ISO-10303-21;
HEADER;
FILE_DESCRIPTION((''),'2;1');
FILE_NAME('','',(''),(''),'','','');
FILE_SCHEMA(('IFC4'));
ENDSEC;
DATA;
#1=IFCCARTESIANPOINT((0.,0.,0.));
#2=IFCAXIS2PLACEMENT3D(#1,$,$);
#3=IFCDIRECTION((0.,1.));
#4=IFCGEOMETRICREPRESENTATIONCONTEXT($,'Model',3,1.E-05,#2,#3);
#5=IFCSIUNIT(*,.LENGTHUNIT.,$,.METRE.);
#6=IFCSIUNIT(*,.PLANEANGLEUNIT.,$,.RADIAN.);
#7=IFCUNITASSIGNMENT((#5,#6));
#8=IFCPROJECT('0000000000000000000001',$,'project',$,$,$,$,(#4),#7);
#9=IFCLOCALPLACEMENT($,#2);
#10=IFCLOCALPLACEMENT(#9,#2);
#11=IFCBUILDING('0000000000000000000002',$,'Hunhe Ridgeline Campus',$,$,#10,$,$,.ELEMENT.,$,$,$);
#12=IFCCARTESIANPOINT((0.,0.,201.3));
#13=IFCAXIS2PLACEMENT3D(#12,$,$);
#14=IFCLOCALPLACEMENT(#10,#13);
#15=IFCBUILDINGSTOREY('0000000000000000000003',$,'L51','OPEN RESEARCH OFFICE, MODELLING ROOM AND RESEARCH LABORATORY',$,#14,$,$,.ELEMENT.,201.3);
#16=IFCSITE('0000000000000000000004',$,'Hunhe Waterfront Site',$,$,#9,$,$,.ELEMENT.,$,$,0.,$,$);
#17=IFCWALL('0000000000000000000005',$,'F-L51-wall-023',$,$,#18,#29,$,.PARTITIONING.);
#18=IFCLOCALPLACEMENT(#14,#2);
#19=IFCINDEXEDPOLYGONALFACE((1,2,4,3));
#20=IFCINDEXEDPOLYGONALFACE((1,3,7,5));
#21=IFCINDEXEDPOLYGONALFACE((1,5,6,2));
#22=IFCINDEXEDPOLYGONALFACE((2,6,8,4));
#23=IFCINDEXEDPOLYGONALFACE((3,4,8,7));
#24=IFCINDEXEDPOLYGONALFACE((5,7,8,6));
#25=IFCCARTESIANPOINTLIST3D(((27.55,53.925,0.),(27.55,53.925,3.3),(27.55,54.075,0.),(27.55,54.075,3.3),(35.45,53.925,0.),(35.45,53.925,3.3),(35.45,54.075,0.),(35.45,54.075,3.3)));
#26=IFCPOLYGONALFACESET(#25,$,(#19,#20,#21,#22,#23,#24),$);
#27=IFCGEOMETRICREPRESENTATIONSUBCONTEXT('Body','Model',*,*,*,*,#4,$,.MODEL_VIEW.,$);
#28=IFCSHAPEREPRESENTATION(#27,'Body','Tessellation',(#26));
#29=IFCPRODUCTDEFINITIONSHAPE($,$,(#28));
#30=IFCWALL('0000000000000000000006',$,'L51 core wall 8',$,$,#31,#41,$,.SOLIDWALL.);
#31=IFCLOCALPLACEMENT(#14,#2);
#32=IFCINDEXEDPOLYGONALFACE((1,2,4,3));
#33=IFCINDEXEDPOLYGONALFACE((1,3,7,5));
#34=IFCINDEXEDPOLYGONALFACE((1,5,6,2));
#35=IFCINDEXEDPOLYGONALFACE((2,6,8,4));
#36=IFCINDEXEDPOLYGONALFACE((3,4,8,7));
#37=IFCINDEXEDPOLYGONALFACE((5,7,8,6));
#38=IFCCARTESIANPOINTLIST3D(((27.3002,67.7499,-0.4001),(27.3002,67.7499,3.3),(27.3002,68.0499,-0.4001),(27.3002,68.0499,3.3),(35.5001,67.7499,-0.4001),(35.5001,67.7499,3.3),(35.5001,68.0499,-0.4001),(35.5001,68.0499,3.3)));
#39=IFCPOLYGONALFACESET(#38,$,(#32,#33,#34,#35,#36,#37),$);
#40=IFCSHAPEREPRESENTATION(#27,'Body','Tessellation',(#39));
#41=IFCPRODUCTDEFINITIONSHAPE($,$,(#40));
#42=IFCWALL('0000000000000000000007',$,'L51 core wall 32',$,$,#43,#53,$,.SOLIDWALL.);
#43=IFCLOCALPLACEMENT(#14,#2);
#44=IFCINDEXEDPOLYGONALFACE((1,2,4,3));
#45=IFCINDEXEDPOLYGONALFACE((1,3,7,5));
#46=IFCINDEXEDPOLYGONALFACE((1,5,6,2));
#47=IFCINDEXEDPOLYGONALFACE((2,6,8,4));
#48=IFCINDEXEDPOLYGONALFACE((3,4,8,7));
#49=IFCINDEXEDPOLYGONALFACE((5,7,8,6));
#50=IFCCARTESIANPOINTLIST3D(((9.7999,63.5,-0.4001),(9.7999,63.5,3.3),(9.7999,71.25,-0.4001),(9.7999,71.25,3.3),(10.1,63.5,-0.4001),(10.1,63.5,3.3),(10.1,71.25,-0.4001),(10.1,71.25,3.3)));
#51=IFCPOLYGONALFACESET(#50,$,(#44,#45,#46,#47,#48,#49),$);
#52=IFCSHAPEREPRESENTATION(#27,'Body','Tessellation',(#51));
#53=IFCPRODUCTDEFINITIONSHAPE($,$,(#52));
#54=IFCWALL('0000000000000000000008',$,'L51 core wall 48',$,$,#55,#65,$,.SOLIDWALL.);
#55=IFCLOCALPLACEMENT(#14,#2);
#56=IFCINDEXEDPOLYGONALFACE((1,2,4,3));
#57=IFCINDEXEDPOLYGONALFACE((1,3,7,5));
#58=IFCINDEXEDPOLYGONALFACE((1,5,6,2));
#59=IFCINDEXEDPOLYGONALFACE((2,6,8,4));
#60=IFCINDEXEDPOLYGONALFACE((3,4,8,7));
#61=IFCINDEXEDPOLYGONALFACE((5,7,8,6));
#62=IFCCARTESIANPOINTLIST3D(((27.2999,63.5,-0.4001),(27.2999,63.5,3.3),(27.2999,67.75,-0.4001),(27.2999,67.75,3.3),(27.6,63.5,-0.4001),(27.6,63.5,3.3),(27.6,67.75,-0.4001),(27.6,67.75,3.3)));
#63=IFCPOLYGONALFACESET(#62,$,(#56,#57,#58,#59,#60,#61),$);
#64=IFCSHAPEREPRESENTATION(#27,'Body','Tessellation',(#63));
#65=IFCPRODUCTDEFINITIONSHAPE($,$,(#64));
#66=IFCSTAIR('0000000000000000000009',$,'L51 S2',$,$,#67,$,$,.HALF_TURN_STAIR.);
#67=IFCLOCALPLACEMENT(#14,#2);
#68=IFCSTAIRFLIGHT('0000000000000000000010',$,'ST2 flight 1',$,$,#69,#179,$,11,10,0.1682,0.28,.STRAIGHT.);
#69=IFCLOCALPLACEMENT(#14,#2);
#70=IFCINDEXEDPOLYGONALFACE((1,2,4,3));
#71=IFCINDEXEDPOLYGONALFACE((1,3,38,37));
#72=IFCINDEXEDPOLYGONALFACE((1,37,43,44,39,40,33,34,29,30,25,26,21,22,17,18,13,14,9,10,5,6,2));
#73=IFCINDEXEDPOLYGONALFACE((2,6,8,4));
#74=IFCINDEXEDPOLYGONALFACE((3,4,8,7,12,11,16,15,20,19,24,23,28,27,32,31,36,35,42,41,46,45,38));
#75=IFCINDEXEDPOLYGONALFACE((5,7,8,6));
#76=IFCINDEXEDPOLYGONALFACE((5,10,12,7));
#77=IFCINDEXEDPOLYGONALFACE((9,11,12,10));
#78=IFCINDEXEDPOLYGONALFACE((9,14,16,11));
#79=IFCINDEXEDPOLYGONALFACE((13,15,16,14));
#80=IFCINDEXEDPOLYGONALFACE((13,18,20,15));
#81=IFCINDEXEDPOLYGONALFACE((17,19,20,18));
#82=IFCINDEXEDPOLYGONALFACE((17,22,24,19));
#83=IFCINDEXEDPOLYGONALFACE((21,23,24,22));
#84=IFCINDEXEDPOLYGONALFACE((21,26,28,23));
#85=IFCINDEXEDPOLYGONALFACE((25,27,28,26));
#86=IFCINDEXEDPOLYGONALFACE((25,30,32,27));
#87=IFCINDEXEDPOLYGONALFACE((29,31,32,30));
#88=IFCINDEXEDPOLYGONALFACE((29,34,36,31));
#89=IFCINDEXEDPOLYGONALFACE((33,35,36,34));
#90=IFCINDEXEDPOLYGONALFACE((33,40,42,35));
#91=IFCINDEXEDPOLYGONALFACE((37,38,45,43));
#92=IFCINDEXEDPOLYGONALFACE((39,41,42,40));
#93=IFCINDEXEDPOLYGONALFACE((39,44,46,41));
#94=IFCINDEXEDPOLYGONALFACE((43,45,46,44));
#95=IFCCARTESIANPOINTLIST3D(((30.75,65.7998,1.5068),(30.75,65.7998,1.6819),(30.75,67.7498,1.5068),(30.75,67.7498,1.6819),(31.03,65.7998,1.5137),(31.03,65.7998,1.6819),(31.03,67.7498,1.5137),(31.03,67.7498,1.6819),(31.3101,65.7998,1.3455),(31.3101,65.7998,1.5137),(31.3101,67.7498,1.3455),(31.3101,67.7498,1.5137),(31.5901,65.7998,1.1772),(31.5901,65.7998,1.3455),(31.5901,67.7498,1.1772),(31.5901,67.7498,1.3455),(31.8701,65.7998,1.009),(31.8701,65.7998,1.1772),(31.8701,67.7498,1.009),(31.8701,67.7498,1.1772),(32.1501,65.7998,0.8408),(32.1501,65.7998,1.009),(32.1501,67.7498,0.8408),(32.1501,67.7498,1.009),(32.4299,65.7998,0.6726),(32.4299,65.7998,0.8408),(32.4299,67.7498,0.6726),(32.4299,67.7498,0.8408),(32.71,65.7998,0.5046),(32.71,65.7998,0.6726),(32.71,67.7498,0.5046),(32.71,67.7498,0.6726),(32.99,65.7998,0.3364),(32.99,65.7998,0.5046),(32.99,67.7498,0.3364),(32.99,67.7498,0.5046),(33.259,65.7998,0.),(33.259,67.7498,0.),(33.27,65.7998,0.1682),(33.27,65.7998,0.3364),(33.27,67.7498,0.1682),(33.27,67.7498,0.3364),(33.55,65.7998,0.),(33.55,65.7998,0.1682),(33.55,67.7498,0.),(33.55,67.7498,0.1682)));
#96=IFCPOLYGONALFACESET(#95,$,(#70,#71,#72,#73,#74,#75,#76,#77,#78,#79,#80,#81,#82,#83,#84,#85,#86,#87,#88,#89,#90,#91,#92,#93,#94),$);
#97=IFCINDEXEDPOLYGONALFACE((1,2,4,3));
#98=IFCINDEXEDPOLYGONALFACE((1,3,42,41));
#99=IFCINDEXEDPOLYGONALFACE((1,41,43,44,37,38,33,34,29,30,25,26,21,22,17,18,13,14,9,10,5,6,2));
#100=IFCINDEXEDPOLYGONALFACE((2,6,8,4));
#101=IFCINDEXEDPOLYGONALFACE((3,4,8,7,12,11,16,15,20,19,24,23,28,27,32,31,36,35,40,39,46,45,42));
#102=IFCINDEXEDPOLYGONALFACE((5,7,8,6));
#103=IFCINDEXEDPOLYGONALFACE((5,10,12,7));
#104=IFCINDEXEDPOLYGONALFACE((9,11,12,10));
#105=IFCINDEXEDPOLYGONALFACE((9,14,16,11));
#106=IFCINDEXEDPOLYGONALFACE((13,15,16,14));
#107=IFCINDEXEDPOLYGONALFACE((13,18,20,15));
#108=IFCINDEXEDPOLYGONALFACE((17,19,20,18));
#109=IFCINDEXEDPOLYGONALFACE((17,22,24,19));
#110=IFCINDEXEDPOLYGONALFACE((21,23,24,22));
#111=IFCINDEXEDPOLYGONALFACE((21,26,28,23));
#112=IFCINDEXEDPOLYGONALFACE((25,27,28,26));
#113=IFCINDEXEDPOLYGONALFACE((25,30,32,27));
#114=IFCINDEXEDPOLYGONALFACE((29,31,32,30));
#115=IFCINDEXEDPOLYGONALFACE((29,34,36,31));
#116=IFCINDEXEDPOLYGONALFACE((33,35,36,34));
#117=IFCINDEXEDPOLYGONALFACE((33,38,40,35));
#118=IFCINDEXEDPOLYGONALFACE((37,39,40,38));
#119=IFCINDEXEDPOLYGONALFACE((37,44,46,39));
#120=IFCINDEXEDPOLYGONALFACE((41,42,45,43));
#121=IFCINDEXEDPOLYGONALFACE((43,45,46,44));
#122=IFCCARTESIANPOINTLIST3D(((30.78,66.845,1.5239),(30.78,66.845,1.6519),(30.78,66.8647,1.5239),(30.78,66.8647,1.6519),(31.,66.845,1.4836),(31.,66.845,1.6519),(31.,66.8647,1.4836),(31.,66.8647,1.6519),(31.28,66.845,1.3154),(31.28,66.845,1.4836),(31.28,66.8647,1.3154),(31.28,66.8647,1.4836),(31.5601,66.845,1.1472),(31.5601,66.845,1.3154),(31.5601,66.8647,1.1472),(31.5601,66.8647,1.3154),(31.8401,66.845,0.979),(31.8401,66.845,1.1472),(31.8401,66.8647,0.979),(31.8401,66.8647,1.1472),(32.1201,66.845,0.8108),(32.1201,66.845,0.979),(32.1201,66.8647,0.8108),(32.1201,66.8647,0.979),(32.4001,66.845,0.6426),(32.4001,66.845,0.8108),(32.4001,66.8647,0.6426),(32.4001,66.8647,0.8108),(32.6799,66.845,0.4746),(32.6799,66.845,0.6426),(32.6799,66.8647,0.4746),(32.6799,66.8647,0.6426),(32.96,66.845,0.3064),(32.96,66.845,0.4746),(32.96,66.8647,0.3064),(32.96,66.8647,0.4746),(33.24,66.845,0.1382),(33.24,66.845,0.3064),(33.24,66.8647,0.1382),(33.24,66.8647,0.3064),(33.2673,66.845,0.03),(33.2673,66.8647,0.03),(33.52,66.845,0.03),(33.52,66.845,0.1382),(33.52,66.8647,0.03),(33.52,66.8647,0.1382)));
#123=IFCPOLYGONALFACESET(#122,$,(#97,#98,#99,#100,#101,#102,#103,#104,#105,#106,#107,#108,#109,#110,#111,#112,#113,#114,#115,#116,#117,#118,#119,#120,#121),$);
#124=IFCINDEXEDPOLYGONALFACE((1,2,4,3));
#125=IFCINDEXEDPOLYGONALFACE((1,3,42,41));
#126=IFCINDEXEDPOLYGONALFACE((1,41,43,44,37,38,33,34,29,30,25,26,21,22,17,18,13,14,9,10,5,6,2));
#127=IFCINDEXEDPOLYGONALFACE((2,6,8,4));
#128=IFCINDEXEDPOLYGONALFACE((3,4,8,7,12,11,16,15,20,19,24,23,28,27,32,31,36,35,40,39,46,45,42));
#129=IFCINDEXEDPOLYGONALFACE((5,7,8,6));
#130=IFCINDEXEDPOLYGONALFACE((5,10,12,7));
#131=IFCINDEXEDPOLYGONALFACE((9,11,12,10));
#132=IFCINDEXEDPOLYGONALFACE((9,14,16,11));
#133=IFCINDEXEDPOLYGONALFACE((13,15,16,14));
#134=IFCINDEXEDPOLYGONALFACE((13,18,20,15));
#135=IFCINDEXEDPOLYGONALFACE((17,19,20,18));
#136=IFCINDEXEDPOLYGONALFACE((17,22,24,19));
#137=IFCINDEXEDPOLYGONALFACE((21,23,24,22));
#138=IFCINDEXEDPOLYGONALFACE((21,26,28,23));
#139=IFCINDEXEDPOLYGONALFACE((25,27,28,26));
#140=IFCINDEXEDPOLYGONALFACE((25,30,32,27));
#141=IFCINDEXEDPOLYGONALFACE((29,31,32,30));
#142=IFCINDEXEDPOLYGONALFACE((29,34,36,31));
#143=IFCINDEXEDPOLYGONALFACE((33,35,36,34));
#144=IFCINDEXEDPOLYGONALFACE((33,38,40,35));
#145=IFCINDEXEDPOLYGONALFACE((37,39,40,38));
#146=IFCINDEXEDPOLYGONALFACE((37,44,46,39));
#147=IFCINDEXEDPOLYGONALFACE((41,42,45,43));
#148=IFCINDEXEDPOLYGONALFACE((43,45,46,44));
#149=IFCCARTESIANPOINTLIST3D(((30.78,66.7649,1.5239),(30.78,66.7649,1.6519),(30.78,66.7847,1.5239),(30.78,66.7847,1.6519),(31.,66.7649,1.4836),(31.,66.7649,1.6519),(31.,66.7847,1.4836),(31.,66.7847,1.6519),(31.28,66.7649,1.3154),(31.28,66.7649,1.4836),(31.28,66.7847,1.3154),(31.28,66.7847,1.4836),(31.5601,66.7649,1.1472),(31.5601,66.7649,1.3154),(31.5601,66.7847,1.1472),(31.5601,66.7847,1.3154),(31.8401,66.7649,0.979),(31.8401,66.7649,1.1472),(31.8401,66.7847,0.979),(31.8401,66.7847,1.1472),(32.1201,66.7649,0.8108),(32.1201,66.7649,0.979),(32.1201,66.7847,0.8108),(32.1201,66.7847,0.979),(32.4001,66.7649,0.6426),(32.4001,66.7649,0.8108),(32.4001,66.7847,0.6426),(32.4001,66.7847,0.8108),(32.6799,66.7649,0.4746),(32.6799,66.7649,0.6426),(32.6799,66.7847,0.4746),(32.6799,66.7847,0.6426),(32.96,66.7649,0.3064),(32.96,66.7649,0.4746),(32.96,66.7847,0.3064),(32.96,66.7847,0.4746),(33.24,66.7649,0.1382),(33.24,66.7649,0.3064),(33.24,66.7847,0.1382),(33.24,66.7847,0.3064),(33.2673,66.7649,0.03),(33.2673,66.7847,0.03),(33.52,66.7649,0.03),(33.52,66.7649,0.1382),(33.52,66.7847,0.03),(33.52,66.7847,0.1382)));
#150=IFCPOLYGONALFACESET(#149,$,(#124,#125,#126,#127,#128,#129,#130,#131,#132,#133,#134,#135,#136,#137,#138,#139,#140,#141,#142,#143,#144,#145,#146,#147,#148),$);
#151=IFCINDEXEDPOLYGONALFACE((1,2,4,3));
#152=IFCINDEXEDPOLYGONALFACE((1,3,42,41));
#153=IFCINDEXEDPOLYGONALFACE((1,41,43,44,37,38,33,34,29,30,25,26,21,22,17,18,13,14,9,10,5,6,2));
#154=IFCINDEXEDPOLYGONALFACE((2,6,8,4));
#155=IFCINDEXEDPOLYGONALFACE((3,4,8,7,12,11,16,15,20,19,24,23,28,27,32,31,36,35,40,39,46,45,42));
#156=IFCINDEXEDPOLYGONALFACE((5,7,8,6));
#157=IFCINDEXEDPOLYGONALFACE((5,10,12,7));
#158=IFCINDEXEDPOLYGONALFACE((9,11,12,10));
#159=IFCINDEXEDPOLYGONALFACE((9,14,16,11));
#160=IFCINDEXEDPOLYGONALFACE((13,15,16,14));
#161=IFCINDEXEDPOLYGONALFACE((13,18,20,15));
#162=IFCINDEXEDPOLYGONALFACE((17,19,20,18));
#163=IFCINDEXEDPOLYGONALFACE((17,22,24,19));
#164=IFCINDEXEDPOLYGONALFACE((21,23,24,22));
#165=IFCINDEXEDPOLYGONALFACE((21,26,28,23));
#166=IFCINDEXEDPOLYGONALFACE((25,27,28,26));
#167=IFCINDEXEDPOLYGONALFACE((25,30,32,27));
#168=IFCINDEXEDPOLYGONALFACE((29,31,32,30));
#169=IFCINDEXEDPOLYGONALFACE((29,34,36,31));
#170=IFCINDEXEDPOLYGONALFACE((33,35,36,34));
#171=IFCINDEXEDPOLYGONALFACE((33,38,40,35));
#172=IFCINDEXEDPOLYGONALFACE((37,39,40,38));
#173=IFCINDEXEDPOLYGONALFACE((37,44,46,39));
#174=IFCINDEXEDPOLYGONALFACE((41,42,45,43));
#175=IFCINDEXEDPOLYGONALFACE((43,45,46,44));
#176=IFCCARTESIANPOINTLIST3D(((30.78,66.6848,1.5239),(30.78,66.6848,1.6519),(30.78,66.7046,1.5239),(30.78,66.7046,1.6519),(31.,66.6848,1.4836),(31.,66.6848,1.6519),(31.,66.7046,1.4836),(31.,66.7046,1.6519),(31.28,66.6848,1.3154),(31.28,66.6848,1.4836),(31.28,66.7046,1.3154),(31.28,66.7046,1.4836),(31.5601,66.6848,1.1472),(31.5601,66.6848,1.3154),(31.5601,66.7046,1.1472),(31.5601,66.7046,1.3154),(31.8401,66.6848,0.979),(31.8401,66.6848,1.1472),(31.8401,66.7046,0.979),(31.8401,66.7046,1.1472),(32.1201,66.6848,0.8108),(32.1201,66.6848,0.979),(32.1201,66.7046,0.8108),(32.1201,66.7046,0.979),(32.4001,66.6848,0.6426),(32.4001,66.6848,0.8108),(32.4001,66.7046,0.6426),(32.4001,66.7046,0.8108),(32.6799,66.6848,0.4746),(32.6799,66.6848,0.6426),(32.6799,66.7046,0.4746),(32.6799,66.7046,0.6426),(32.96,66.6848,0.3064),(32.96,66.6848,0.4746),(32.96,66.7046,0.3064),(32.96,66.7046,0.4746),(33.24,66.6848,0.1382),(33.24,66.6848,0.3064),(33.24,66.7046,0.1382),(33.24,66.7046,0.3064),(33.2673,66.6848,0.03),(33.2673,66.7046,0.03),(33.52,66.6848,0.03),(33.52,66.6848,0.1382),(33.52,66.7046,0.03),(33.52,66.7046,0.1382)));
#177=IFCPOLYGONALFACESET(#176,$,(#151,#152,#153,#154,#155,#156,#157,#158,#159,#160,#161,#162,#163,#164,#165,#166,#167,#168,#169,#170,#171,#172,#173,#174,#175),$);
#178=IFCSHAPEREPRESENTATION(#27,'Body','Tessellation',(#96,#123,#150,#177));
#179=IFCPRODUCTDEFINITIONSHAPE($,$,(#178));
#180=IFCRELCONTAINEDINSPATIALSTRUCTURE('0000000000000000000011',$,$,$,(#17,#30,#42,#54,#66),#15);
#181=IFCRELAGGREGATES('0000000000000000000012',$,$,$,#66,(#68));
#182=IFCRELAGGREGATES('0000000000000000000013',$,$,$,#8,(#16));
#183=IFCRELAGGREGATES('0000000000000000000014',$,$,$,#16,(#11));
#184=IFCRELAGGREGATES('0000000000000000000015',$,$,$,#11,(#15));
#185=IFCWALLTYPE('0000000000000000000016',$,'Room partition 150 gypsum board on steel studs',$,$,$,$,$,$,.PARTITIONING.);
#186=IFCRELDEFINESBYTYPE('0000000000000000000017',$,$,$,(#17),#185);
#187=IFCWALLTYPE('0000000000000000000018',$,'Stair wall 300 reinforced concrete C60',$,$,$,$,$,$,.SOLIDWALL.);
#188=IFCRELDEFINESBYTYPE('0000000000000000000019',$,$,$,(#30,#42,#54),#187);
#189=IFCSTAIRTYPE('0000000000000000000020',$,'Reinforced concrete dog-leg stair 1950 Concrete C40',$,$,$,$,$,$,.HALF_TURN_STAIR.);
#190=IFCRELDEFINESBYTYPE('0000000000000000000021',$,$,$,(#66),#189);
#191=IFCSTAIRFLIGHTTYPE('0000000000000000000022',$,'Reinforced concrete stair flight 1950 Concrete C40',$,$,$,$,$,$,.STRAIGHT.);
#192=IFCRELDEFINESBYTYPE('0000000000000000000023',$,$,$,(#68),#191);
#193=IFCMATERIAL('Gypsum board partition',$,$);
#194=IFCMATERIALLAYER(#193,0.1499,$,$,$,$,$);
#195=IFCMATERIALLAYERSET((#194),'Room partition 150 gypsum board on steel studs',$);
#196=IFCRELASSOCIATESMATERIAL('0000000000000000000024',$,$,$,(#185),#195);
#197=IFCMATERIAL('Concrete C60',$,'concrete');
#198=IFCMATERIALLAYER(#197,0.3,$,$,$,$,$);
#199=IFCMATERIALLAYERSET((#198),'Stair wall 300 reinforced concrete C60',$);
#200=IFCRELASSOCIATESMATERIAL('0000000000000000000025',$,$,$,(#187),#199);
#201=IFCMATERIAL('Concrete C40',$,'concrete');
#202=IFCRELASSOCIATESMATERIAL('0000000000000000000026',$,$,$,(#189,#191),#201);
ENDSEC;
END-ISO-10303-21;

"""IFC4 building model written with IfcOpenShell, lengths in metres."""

from ifc_helpers import new_model, si_unit, direction, frame, frame_2d, origin, place, context, subcontext, project, spatial, polyline, rectangle, outline, extrude, material, layer, layer_set, type_object, element, aggregate, save


model = new_model("IFC4")

# Units and contexts
model_context = context("Model", 3, precision=1e-05, world=origin(), true_north=direction((0.0, 1.0)))
body_context = subcontext(model_context, "Body", "Model", "MODEL_VIEW")
ifc_project = project(units=[si_unit("LENGTHUNIT", "METRE"), si_unit("PLANEANGLEUNIT", "RADIAN")], contexts=[model_context])

# Site, building, storey
site_placement = place(None, origin())
site = spatial("IfcSite", under=ifc_project, at=site_placement, Name="Hunhe Waterfront Site", CompositionType="ELEMENT", RefElevation=0.0)
building_placement = place(site_placement, origin())
building = spatial("IfcBuilding", under=site, at=building_placement, Name="Hunhe Ridgeline Campus", CompositionType="ELEMENT")
storey_placement = place(building_placement, frame((0.0, 0.0, 201.3)))
storey = spatial("IfcBuildingStorey", under=building, at=storey_placement, Name="L51", Description="OPEN RESEARCH OFFICE, MODELLING ROOM AND RESEARCH LABORATORY", CompositionType="ELEMENT", Elevation=201.3)

# Shared definitions
ifc_material_1 = material(Name="Concrete C60", Category="concrete")

# Shared definitions
ifc_material_2 = material(Name="Gypsum board partition")

# Walls
ifc_layer_1 = layer(ifc_material_2, 0.1499)
ifc_layer_set_1 = layer_set([ifc_layer_1], Name="Room partition 150 gypsum board on steel studs")
wall_type_1 = type_object("IfcWallType", Name="Room partition 150 gypsum board on steel studs", PredefinedType="PARTITIONING", material=ifc_layer_set_1)
wall_1_placement = place(storey_placement, frame((27.55, 54.0, 0.0), z_axis=(0.0, 0.0, 1.0), x_axis=(1.0, 0.0, 0.0)))
element("IfcWall", 1, at=wall_1_placement, inside=storey, type_object=wall_type_1, Name="F-L51-wall-023", PredefinedType="PARTITIONING", context=body_context, shape_type="SweptSolid", body=[
    extrude(rectangle(XDim=7.8999, YDim=0.1499, at=frame_2d((3.95, 0.0))), origin(), (0.0, 0.0, 1.0), 3.3),
])
ifc_layer_2 = layer(ifc_material_1, 0.3)
ifc_layer_set_2 = layer_set([ifc_layer_2], Name="Stair wall 300 reinforced concrete C60")
wall_type_2 = type_object("IfcWallType", Name="Stair wall 300 reinforced concrete C60", PredefinedType="SOLIDWALL", material=ifc_layer_set_2)
wall_2_placement = place(storey_placement, frame((27.3, 67.8999, -0.4001), z_axis=(0.0, 0.0, 1.0), x_axis=(1.0, 0.0, 0.0)))
element("IfcWall", 2, at=wall_2_placement, inside=storey, type_object=wall_type_2, Name="L51 core wall 8", PredefinedType="SOLIDWALL", context=body_context, shape_type="SweptSolid", body=[
    extrude(rectangle(XDim=8.2, YDim=0.3, at=frame_2d((4.1001, 0.0))), origin(), (0.0, 0.0, 1.0), 3.7002),
])
wall_3_placement = place(storey_placement, frame((9.95, 63.5, -0.4001), z_axis=(0.0, 0.0, 1.0), x_axis=(0.0, 1.0, 0.0)))
element("IfcWall", 3, at=wall_3_placement, inside=storey, type_object=wall_type_2, Name="L51 core wall 32", PredefinedType="SOLIDWALL", context=body_context, shape_type="SweptSolid", body=[
    extrude(rectangle(XDim=7.75, YDim=0.3, at=frame_2d((3.875, 0.0))), origin(), (0.0, 0.0, 1.0), 3.7002),
])
wall_4_placement = place(storey_placement, frame((27.45, 63.5, -0.4001), z_axis=(0.0, 0.0, 1.0), x_axis=(0.0, 1.0, 0.0)))
element("IfcWall", 4, at=wall_4_placement, inside=storey, type_object=wall_type_2, Name="L51 core wall 48", PredefinedType="SOLIDWALL", context=body_context, shape_type="SweptSolid", body=[
    extrude(rectangle(XDim=4.25, YDim=0.3, at=frame_2d((2.125, 0.0))), origin(), (0.0, 0.0, 1.0), 3.7002),
])

# Stair, stair flight
ifc_material_3 = material(Name="Concrete C40", Category="concrete")
stair_type = type_object("IfcStairType", Name="Reinforced concrete dog-leg stair 1950 Concrete C40", PredefinedType="HALF_TURN_STAIR", material=ifc_material_3)
stair_placement = place(storey_placement, origin())
stair = element("IfcStair", 5, at=stair_placement, inside=storey, type_object=stair_type, Name="L51 S2", PredefinedType="HALF_TURN_STAIR")
stair_flight_type = type_object("IfcStairFlightType", Name="Reinforced concrete stair flight 1950 Concrete C40", PredefinedType="STRAIGHT", material=ifc_material_3)
stair_flight_1_placement = place(storey_placement, frame((33.55, 66.7749, 0.0), z_axis=(0.0, 0.0, 1.0), x_axis=(-1.0, 0.0, 0.0)))
stair_flight_1 = element("IfcStairFlight", 6, at=stair_flight_1_placement, type_object=stair_flight_type, Name="ST2 flight 1", NumberOfRisers=11, NumberOfTreads=10, PredefinedType="STRAIGHT", RiserHeight=0.1682, TreadLength=0.28, context=body_context, shape_type="SweptSolid", body=[
    extrude(outline(polyline([(0.0, 0.0), (0.0, 0.1682), (0.28, 0.1682), (0.28, 0.3364), (0.5601, 0.3364), (0.5601, 0.5046), (0.8401, 0.5046), (0.8401, 0.6726), (1.1201, 0.6726), (1.1201, 0.8408), (1.3999, 0.8408), (1.3999, 1.009), (1.6799, 1.009), (1.6799, 1.1772), (1.96, 1.1772), (1.96, 1.3455), (2.24, 1.3455), (2.24, 1.5137), (2.52, 1.5137), (2.52, 1.6819), (2.8, 1.6819), (2.8, 1.8501), (2.8, 1.5068), (0.291, 0.0), (0.0, 0.0)])), frame((0.0, 0.9751, 0.0), z_axis=(0.0, -1.0, 0.0), x_axis=(1.0, 0.0, 0.0)), (0.0, 0.0, 1.0), 1.95),
    extrude(outline(polyline([(0.03, 0.03), (0.03, 0.1382), (0.3101, 0.1382), (0.3101, 0.3064), (0.5901, 0.3064), (0.5901, 0.4746), (0.8701, 0.4746), (0.8701, 0.6426), (1.1499, 0.6426), (1.1499, 0.8108), (1.4299, 0.8108), (1.4299, 0.979), (1.71, 0.979), (1.71, 1.1472), (1.99, 1.1472), (1.99, 1.3154), (2.27, 1.3154), (2.27, 1.4836), (2.55, 1.4836), (2.55, 1.6519), (2.77, 1.6519), (2.77, 1.5239), (0.2827, 0.03), (0.03, 0.03)])), frame((0.0, -0.0701, 0.0), z_axis=(0.0, -1.0, 0.0), x_axis=(1.0, 0.0, 0.0)), (0.0, 0.0, 1.0), 0.0198),
    extrude(outline(polyline([(0.03, 0.03), (0.03, 0.1382), (0.3101, 0.1382), (0.3101, 0.3064), (0.5901, 0.3064), (0.5901, 0.4746), (0.8701, 0.4746), (0.8701, 0.6426), (1.1499, 0.6426), (1.1499, 0.8108), (1.4299, 0.8108), (1.4299, 0.979), (1.71, 0.979), (1.71, 1.1472), (1.99, 1.1472), (1.99, 1.3154), (2.27, 1.3154), (2.27, 1.4836), (2.55, 1.4836), (2.55, 1.6519), (2.77, 1.6519), (2.77, 1.5239), (0.2827, 0.03), (0.03, 0.03)])), frame((0.0, 0.01, 0.0), z_axis=(0.0, -1.0, 0.0), x_axis=(1.0, 0.0, 0.0)), (0.0, 0.0, 1.0), 0.0198),
    extrude(outline(polyline([(0.03, 0.03), (0.03, 0.1382), (0.3101, 0.1382), (0.3101, 0.3064), (0.5901, 0.3064), (0.5901, 0.4746), (0.8701, 0.4746), (0.8701, 0.6426), (1.1499, 0.6426), (1.1499, 0.8108), (1.4299, 0.8108), (1.4299, 0.979), (1.71, 0.979), (1.71, 1.1472), (1.99, 1.1472), (1.99, 1.3154), (2.27, 1.3154), (2.27, 1.4836), (2.55, 1.4836), (2.55, 1.6519), (2.77, 1.6519), (2.77, 1.5239), (0.2827, 0.03), (0.03, 0.03)])), frame((0.0, 0.0901, 0.0), z_axis=(0.0, -1.0, 0.0), x_axis=(1.0, 0.0, 0.0)), (0.0, 0.0, 1.0), 0.0198),
])
aggregate(stair, [stair_flight_1])

save(model, "model.ifc")
